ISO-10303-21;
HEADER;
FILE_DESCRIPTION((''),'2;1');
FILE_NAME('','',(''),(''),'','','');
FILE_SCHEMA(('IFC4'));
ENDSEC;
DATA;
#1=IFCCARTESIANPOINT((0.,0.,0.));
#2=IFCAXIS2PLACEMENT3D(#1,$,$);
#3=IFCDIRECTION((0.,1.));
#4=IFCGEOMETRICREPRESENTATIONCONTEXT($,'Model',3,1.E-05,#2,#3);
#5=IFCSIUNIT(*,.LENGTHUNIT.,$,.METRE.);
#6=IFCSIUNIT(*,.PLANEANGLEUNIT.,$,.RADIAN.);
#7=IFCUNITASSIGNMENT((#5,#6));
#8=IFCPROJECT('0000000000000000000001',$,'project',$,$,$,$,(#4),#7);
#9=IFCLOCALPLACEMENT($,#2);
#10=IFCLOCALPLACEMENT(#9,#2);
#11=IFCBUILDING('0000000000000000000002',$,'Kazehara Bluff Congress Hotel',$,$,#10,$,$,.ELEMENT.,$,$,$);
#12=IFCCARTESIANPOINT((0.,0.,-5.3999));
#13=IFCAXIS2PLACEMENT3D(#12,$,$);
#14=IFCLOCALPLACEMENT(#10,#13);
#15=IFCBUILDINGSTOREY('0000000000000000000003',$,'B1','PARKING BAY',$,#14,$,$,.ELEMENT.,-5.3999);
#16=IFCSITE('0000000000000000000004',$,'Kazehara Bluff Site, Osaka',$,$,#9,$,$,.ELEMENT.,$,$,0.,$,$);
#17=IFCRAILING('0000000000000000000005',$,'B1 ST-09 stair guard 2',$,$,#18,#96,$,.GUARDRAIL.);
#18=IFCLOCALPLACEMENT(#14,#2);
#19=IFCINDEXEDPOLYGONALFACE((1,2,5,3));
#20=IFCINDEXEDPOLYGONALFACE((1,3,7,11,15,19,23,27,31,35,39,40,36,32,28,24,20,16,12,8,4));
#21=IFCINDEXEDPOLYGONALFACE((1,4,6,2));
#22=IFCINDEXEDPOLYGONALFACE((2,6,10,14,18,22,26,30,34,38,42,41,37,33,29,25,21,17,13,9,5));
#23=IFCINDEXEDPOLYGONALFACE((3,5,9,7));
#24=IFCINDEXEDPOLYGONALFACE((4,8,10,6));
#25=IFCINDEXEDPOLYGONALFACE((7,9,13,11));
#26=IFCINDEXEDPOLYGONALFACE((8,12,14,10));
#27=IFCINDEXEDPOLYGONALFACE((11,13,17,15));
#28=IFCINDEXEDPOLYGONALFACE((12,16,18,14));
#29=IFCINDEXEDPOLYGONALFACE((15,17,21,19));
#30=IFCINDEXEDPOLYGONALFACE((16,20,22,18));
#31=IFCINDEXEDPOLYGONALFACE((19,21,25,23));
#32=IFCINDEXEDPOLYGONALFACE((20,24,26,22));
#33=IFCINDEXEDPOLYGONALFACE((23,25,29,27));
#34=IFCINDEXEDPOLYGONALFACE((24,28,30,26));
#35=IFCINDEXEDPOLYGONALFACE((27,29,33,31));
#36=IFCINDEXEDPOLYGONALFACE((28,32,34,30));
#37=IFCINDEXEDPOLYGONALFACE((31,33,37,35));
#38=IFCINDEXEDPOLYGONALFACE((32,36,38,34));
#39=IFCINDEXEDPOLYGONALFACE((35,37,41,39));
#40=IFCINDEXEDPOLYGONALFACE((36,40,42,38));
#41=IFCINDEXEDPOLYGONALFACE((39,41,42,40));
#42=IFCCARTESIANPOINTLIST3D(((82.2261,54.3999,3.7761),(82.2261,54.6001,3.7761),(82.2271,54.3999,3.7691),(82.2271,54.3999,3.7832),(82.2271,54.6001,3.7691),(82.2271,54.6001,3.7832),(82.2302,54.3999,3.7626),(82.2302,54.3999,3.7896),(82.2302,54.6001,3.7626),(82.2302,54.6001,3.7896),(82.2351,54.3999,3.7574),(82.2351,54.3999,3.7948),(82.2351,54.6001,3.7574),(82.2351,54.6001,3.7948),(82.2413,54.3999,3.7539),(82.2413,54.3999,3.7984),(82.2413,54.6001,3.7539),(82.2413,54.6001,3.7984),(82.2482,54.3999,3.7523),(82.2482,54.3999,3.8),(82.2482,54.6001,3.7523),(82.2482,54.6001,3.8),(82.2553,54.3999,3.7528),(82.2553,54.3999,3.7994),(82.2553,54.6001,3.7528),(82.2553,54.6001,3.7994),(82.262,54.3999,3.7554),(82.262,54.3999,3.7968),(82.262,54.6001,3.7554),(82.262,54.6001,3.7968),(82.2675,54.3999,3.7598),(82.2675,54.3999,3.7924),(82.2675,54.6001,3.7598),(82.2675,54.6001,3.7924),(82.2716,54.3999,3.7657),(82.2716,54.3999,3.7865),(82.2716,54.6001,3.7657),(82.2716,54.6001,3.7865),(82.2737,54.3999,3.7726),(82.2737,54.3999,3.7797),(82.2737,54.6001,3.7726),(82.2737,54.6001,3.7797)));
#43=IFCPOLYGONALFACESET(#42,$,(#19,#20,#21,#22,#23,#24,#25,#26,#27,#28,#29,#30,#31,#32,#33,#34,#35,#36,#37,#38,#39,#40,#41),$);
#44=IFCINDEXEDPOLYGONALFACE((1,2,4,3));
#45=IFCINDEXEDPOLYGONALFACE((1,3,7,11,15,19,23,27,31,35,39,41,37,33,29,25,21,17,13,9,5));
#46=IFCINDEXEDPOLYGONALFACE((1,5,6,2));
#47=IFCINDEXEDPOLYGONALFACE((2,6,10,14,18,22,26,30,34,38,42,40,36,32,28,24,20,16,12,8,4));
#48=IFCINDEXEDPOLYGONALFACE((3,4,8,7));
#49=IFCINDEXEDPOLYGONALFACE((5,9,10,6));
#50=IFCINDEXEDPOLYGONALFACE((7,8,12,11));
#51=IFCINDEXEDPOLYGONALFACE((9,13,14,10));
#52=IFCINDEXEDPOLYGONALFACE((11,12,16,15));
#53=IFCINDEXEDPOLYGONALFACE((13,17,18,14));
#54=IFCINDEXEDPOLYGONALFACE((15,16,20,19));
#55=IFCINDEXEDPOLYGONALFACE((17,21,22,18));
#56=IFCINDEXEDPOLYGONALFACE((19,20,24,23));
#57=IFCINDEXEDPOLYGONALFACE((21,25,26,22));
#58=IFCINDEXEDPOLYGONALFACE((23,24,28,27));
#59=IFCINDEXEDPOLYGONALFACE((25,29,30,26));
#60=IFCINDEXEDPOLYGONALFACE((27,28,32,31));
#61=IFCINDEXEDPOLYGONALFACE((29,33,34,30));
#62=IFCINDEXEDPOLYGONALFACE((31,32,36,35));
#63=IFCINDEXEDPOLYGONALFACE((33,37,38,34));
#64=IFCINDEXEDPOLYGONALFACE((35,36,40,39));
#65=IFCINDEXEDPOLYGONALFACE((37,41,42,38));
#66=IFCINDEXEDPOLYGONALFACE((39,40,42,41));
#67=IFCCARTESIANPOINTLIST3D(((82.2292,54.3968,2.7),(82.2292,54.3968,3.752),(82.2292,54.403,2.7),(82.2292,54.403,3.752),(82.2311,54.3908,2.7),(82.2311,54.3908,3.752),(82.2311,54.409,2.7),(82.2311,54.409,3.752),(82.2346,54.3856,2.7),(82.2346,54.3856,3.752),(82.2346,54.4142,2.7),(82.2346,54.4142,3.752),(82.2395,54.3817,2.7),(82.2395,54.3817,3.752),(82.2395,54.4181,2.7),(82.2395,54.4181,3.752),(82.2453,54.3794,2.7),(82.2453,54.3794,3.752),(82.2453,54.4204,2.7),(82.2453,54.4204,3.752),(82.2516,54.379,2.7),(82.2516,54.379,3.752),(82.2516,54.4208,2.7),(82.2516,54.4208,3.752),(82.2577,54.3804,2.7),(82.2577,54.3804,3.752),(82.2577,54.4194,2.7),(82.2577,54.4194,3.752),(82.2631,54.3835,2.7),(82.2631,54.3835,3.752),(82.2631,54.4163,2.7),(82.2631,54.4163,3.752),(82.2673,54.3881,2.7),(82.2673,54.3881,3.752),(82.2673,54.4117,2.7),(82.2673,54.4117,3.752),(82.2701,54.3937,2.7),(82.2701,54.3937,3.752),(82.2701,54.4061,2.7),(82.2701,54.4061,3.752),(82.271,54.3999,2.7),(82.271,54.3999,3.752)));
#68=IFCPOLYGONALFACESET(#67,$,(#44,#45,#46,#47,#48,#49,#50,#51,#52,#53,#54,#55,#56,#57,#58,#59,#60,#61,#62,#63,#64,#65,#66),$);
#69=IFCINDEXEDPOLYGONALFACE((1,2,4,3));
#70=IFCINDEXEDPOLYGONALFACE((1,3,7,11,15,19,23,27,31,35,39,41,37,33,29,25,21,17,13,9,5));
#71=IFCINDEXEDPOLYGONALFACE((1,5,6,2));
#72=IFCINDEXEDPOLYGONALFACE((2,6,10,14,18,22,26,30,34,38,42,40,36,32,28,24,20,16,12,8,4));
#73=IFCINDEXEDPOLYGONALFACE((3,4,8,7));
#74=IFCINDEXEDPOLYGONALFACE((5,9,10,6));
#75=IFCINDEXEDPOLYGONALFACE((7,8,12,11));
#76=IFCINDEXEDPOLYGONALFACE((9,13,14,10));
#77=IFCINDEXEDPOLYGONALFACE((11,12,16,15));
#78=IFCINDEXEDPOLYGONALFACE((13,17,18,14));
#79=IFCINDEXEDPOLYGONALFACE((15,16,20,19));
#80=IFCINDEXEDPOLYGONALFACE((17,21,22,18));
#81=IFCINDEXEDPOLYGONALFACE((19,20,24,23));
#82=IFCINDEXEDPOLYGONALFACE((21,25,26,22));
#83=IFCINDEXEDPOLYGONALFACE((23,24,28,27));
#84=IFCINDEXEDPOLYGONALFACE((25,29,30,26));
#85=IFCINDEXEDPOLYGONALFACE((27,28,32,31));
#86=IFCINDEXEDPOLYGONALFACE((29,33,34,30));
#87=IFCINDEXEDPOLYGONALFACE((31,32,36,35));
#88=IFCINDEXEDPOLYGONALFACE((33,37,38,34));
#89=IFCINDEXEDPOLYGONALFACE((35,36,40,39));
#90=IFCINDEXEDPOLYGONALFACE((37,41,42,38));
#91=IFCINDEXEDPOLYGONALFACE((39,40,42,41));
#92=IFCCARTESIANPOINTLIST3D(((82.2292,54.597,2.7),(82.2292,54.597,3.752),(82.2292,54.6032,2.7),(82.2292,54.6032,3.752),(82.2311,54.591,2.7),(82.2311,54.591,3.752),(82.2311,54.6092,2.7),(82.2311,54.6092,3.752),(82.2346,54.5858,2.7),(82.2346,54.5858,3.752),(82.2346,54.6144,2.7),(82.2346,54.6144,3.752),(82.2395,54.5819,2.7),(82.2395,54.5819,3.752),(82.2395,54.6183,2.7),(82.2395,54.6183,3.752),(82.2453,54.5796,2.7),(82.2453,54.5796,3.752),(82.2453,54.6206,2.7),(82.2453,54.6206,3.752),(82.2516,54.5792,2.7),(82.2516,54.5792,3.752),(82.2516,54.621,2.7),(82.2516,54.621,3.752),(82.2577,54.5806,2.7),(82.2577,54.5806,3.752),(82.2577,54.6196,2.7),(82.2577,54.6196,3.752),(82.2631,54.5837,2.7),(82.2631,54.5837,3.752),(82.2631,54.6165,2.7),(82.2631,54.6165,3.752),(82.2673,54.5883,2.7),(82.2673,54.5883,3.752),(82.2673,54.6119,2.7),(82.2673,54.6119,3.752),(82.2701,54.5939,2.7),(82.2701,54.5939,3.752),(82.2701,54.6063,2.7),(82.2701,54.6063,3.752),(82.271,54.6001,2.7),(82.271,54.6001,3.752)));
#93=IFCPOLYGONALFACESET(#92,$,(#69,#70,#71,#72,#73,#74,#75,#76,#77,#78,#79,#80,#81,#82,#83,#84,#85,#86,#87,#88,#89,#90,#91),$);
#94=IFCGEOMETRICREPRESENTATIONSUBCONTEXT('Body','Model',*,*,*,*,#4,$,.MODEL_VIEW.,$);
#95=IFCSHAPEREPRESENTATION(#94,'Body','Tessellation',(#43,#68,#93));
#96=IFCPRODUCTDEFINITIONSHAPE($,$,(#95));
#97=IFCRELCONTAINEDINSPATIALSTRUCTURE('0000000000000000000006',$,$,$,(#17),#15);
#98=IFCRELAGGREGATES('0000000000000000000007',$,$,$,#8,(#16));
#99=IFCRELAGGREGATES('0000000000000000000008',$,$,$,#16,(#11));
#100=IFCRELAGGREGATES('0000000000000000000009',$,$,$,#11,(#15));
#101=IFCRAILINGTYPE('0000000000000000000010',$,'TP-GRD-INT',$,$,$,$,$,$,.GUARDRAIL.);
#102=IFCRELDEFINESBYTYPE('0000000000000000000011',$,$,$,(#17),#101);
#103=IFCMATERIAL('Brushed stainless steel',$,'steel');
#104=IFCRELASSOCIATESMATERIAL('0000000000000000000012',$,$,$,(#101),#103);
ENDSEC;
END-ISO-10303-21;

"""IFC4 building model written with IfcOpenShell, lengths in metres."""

from ifc_helpers import new_model, si_unit, direction, frame, origin, origin_2d, place, context, subcontext, project, spatial, circle, extrude, material, type_object, element, save


model = new_model("IFC4")

# Units and contexts
model_context = context("Model", 3, precision=1e-05, world=origin(), true_north=direction((0.0, 1.0)))
body_context = subcontext(model_context, "Body", "Model", "MODEL_VIEW")
ifc_project = project(units=[si_unit("LENGTHUNIT", "METRE"), si_unit("PLANEANGLEUNIT", "RADIAN")], contexts=[model_context])

# Site, building, storey
site_placement = place(None, origin())
site = spatial("IfcSite", under=ifc_project, at=site_placement, Name="Kazehara Bluff Site, Osaka", CompositionType="ELEMENT", RefElevation=0.0)
building_placement = place(site_placement, origin())
building = spatial("IfcBuilding", under=site, at=building_placement, Name="Kazehara Bluff Congress Hotel", CompositionType="ELEMENT")
storey_placement = place(building_placement, frame((0.0, 0.0, -5.3999)))
storey = spatial("IfcBuildingStorey", under=building, at=storey_placement, Name="B1", Description="PARKING BAY", CompositionType="ELEMENT", Elevation=-5.3999)

# Railing
ifc_material_1 = material(Name="Brushed stainless steel", Category="steel")
railing_type_1 = type_object("IfcRailingType", Name="TP-GRD-INT", PredefinedType="GUARDRAIL", material=ifc_material_1)
railing_1_placement = place(storey_placement, frame((82.25, 54.3999, 2.7)))
element("IfcRailing", 1, at=railing_1_placement, inside=storey, type_object=railing_type_1, Name="B1 ST-09 stair guard 2", PredefinedType="GUARDRAIL", context=body_context, shape_type="SweptSolid", body=[
    extrude(circle(Radius=0.0239, at=origin_2d()), frame((0.0, 0.0, 1.0762), z_axis=(0.0, 1.0, 0.0), x_axis=(-1.0, 0.0, 0.0)), (0.0, 0.0, 1.0), 0.2002),
    extrude(circle(Radius=0.021, at=origin_2d()), origin(), (0.0, 0.0, 1.0), 1.052),
    extrude(circle(Radius=0.021, at=origin_2d()), frame((0.0, 0.2002, 0.0)), (0.0, 0.0, 1.0), 1.052),
])

save(model, "model.ifc")
